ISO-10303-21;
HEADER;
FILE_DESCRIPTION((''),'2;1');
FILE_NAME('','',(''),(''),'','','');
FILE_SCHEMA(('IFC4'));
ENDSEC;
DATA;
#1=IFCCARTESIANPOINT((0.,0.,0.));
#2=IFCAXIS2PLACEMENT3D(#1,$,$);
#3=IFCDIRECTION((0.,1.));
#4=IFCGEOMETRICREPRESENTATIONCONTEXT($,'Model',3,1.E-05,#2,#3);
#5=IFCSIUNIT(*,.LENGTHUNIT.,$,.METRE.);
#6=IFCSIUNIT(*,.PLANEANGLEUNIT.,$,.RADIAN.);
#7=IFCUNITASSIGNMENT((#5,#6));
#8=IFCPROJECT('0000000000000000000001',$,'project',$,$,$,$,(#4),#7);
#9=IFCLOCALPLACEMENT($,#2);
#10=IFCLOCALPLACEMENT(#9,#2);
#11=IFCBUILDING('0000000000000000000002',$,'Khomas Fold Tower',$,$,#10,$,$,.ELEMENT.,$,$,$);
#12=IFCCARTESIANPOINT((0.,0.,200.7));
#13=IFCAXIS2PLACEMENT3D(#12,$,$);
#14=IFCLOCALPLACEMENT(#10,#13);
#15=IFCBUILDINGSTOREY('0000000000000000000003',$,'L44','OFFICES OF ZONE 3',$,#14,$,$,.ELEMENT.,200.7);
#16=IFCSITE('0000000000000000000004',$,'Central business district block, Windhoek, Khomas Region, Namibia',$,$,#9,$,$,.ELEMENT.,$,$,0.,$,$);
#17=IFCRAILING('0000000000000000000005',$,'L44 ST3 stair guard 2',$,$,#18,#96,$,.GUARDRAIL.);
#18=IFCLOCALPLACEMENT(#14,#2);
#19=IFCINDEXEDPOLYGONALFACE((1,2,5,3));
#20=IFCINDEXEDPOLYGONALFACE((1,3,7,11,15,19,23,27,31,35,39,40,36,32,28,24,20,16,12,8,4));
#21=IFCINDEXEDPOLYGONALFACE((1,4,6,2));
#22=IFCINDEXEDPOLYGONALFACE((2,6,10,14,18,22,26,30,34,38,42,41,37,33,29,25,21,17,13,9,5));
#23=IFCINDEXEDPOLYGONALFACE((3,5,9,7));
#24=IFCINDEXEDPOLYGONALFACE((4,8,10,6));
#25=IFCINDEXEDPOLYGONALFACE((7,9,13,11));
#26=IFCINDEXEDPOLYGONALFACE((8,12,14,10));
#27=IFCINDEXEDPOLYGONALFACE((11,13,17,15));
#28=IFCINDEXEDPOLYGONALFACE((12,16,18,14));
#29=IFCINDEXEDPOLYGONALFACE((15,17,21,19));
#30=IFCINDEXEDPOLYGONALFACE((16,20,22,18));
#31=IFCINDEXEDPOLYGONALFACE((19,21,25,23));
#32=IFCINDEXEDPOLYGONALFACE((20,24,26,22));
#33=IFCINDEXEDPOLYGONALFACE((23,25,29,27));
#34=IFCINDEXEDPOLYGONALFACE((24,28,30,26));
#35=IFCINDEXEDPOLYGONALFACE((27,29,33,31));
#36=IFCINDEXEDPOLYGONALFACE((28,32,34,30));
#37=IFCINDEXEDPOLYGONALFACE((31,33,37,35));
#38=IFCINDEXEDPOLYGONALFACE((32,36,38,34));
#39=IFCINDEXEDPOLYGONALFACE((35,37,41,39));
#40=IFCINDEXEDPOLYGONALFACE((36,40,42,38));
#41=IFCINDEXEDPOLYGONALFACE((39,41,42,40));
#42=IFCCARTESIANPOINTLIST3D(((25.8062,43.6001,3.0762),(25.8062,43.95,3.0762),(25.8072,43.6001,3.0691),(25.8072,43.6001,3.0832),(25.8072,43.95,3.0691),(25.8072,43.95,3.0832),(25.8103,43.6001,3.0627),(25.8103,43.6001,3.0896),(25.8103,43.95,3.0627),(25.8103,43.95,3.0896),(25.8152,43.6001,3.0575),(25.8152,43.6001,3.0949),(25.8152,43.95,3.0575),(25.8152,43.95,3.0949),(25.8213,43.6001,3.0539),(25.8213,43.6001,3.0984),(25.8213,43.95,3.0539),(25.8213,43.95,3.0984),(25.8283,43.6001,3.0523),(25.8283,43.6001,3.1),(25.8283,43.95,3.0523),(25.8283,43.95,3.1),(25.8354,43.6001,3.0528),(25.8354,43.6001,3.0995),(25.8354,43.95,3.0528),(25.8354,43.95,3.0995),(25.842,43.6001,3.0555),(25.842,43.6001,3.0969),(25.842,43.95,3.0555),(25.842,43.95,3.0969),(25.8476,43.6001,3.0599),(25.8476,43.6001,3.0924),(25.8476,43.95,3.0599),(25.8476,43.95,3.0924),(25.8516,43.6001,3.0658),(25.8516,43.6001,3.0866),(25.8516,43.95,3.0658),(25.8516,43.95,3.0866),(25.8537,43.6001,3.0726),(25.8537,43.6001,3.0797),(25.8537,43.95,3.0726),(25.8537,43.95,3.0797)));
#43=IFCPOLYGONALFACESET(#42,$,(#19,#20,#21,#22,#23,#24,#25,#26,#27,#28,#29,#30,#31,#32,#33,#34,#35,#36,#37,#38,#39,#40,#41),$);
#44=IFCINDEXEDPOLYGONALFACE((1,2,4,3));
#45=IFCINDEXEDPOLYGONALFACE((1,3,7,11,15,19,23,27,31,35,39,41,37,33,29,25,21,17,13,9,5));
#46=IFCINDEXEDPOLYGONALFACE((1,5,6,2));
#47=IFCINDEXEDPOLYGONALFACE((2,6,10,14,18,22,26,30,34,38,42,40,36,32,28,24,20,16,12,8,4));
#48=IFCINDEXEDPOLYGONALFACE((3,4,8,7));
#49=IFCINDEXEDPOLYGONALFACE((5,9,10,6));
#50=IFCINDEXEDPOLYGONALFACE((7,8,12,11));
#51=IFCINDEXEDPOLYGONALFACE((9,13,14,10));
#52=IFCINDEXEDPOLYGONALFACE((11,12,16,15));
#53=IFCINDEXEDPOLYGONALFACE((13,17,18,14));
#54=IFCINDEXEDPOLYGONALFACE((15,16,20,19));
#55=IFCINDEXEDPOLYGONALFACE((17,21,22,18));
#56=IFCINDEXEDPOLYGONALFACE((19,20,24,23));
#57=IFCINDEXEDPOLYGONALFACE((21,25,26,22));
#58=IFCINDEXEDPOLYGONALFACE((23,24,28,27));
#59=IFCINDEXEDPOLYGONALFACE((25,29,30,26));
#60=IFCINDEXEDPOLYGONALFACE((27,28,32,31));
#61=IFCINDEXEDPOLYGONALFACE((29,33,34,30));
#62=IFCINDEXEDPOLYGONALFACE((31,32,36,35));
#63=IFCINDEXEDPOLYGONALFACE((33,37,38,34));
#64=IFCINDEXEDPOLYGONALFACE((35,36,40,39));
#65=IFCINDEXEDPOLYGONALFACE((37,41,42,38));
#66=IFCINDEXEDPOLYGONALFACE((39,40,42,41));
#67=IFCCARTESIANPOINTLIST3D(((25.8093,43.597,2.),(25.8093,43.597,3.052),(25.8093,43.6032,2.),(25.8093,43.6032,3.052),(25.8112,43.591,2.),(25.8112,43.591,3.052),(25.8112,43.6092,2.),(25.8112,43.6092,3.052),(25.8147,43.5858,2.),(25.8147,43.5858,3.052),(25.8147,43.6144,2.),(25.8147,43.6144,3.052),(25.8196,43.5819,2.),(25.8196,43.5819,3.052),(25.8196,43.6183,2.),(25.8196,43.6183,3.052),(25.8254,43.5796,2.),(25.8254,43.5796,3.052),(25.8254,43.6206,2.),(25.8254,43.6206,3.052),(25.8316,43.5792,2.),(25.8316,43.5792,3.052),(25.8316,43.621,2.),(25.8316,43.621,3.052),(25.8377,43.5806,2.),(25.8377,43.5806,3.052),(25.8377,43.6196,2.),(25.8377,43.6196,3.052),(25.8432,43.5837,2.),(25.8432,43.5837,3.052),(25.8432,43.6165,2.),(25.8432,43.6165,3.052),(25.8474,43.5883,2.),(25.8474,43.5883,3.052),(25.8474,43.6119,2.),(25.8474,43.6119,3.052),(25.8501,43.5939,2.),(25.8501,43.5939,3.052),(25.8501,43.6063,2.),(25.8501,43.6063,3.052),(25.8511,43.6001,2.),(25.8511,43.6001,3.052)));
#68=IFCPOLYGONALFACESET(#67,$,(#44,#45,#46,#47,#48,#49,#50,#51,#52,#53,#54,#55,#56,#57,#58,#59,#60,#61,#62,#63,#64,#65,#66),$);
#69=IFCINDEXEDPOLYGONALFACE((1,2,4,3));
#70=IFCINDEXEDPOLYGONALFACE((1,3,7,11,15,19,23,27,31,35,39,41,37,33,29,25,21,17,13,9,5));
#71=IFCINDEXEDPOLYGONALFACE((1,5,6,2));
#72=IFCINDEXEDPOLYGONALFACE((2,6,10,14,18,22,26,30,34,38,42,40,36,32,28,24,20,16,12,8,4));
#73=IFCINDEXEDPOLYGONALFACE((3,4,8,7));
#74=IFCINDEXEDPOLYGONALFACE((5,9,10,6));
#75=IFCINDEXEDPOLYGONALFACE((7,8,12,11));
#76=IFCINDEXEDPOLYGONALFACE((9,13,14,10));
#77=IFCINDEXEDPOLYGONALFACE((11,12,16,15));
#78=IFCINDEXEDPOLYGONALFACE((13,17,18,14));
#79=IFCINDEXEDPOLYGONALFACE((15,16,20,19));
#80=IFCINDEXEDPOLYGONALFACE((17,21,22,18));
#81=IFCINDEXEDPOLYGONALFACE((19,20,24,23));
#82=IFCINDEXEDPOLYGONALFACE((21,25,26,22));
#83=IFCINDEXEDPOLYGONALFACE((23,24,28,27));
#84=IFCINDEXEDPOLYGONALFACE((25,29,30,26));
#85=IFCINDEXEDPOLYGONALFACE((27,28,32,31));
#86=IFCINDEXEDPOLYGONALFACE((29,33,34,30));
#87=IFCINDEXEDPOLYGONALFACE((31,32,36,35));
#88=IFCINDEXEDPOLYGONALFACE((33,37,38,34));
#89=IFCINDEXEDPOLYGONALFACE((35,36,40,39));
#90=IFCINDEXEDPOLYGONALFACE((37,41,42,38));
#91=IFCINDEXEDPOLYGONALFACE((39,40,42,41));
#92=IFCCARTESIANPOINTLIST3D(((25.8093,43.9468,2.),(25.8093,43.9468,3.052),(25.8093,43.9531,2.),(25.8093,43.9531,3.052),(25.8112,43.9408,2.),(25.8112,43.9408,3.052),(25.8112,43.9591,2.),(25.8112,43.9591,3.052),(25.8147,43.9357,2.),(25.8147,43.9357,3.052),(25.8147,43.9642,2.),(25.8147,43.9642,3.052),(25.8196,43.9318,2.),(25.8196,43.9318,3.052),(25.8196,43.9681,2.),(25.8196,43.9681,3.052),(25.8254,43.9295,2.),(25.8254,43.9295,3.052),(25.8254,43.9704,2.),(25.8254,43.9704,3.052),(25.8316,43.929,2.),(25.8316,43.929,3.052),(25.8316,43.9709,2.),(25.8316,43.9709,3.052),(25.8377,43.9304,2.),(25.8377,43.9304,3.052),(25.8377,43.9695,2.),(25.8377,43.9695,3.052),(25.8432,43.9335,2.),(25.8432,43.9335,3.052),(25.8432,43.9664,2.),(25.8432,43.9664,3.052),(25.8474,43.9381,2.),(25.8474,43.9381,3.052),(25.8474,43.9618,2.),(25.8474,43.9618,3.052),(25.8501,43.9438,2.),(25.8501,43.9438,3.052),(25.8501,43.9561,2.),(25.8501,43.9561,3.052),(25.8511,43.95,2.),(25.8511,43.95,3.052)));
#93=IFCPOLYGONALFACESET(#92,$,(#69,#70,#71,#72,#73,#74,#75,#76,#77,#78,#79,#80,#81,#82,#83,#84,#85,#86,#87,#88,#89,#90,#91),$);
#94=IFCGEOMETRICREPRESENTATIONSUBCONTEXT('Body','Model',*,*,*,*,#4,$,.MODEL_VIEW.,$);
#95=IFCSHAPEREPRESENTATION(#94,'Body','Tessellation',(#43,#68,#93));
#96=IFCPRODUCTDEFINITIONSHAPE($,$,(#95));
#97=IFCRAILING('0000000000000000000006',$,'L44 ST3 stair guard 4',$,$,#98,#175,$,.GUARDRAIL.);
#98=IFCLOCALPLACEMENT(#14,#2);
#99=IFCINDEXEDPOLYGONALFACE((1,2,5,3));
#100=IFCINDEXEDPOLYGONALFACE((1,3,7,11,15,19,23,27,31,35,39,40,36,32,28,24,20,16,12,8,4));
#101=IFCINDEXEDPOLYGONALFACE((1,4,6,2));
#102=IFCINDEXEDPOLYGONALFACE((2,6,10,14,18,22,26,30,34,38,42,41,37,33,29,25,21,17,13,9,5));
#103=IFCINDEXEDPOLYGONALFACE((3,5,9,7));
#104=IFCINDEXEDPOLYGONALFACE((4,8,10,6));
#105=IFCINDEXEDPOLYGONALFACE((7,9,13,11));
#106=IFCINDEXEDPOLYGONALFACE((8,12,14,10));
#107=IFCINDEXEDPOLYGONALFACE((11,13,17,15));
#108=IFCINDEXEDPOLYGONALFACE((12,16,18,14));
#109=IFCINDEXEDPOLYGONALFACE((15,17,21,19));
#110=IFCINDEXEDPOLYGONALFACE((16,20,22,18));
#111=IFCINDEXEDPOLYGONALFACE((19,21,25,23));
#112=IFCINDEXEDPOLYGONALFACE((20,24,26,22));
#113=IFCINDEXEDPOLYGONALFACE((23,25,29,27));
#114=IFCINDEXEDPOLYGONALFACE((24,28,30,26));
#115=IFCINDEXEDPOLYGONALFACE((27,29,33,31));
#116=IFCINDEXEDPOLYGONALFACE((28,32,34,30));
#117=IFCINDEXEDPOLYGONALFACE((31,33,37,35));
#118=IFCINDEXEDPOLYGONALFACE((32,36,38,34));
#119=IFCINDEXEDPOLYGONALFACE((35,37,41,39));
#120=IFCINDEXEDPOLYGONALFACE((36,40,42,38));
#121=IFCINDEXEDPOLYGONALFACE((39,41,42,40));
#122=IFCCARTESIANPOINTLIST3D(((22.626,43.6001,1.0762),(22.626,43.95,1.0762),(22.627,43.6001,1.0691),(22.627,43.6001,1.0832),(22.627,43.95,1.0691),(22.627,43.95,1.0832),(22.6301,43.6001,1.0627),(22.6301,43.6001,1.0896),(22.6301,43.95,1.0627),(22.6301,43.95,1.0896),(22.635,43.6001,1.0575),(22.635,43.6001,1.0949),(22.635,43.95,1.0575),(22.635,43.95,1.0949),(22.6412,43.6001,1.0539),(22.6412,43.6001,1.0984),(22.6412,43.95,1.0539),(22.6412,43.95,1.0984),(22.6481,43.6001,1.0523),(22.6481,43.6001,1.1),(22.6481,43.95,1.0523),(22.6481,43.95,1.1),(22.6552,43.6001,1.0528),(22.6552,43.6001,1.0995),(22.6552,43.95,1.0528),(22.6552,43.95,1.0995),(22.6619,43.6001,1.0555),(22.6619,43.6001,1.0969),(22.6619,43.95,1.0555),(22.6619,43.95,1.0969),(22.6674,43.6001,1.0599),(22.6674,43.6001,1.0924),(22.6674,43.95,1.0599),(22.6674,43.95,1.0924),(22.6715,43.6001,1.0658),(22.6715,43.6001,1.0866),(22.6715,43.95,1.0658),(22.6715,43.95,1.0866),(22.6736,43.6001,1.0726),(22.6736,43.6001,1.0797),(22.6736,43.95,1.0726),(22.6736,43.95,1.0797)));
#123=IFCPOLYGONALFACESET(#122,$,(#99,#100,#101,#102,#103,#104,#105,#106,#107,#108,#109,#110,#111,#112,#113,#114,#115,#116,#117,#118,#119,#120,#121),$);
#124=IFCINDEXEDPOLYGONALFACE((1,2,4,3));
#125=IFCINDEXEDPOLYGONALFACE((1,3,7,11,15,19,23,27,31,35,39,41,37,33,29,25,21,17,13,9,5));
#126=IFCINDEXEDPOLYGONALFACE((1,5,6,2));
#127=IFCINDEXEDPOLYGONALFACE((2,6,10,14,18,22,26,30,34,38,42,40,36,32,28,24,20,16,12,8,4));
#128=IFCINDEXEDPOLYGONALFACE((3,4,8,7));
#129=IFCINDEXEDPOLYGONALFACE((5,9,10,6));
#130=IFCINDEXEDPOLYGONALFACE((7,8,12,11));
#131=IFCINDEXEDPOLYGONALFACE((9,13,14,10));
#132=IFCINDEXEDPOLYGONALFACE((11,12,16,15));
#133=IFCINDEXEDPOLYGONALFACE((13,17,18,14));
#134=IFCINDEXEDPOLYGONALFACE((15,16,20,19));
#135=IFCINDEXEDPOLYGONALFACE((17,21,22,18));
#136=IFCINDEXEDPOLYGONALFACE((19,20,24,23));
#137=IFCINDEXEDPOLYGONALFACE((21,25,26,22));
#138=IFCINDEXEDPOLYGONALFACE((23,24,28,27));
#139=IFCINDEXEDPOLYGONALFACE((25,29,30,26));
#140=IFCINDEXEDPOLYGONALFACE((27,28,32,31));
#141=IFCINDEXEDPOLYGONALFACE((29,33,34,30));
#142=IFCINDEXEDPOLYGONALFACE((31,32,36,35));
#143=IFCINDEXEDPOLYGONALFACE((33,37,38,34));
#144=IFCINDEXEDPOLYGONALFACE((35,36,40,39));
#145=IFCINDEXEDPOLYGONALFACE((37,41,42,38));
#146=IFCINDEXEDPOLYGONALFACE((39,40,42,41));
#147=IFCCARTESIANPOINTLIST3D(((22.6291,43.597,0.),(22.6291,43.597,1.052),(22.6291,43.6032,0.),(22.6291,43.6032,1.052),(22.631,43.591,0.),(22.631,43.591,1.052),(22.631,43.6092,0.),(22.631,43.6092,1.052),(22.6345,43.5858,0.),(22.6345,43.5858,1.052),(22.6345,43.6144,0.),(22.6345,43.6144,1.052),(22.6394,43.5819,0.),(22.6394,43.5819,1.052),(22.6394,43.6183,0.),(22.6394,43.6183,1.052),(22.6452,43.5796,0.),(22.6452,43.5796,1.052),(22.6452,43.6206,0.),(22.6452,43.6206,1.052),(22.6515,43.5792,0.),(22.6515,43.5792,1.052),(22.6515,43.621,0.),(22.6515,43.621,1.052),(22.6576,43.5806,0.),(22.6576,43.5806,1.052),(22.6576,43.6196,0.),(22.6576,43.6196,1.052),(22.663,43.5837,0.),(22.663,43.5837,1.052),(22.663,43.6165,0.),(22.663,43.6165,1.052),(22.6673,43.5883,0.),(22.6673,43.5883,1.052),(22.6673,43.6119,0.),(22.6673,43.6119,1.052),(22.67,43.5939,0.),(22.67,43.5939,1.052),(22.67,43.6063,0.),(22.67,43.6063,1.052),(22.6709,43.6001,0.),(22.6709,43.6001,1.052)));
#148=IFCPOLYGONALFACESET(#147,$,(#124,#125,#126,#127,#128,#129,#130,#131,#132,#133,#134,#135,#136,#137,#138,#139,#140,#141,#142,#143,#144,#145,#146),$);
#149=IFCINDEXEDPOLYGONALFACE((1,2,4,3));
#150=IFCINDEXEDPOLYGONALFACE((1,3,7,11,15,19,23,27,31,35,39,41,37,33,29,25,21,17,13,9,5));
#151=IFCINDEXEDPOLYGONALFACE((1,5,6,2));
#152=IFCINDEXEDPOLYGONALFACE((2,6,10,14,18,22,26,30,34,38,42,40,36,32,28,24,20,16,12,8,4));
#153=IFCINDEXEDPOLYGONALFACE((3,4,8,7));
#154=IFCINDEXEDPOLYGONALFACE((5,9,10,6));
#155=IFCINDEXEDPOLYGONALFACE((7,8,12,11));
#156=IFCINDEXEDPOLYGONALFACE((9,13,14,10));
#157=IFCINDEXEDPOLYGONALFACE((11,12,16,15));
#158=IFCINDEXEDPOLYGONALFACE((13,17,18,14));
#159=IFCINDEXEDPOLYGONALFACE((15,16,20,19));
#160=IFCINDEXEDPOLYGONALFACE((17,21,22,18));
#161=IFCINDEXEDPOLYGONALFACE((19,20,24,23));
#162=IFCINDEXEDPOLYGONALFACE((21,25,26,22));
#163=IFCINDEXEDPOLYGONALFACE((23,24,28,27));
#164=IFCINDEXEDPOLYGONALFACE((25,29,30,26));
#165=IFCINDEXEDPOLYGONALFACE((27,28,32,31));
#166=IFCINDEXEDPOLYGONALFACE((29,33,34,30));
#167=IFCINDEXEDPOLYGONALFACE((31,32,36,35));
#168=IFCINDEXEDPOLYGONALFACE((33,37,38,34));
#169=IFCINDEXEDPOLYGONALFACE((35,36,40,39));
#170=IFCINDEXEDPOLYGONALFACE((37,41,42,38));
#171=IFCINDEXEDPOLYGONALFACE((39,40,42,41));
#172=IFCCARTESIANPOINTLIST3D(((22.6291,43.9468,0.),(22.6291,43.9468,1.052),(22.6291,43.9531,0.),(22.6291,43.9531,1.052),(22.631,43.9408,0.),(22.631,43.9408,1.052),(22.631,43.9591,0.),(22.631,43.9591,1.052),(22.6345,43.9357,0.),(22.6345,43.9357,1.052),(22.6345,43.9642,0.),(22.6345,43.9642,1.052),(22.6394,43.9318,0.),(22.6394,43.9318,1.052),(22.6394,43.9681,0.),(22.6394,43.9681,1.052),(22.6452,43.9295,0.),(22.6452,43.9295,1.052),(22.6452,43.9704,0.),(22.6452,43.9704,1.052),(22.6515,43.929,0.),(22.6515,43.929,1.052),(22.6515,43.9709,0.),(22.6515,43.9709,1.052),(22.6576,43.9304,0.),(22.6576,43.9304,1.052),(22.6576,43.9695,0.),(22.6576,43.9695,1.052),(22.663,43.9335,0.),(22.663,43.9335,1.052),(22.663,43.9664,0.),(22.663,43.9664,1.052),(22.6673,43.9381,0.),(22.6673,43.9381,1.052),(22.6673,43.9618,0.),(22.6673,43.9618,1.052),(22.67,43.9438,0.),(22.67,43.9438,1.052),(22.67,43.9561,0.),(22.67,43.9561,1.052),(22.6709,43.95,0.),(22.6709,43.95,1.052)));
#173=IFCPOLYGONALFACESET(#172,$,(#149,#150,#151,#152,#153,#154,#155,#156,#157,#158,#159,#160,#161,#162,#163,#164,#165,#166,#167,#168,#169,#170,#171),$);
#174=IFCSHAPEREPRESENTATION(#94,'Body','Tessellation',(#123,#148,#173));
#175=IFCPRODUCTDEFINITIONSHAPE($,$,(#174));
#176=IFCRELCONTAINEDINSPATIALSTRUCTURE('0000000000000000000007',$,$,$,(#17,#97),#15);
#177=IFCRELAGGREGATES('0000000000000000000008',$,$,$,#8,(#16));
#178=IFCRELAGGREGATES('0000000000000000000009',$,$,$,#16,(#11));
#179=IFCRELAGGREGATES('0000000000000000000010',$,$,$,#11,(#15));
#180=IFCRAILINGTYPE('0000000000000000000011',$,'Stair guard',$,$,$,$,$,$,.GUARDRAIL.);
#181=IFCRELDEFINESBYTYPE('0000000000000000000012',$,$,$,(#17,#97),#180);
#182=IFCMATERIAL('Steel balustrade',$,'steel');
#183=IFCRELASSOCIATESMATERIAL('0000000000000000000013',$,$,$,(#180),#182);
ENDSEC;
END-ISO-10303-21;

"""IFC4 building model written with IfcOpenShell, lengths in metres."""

from ifc_helpers import new_model, si_unit, direction, frame, origin, origin_2d, place, context, subcontext, project, spatial, circle, extrude, source, transform, mapped, material, type_object, element, save


model = new_model("IFC4")

# Units and contexts
model_context = context("Model", 3, precision=1e-05, world=origin(), true_north=direction((0.0, 1.0)))
body_context = subcontext(model_context, "Body", "Model", "MODEL_VIEW")
ifc_project = project(units=[si_unit("LENGTHUNIT", "METRE"), si_unit("PLANEANGLEUNIT", "RADIAN")], contexts=[model_context])

# Site, building, storey
site_placement = place(None, origin())
site = spatial("IfcSite", under=ifc_project, at=site_placement, Name="Central business district block, Windhoek, Khomas Region, Namibia", CompositionType="ELEMENT", RefElevation=0.0)
building_placement = place(site_placement, origin())
building = spatial("IfcBuilding", under=site, at=building_placement, Name="Khomas Fold Tower", CompositionType="ELEMENT")
storey_placement = place(building_placement, frame((0.0, 0.0, 200.7)))
storey = spatial("IfcBuildingStorey", under=building, at=storey_placement, Name="L44", Description="OFFICES OF ZONE 3", CompositionType="ELEMENT", Elevation=200.7)

# Railings
ifc_material_1 = material(Name="Steel balustrade", Category="steel")
railing_type_1 = type_object("IfcRailingType", Name="Stair guard", PredefinedType="GUARDRAIL", material=ifc_material_1)
shared_shape_1 = source(origin(), body_context, "Body", "SweptSolid", [
    extrude(circle(Radius=0.0239, at=origin_2d()), frame((0.0, 0.0, 1.0762), z_axis=(0.0, 1.0, 0.0), x_axis=(-1.0, 0.0, 0.0)), (0.0, 0.0, 1.0), 0.3499),
    extrude(circle(Radius=0.021, at=origin_2d()), origin(), (0.0, 0.0, 1.0), 1.052),
    extrude(circle(Radius=0.021, at=origin_2d()), frame((0.0, 0.3499, 0.0)), (0.0, 0.0, 1.0), 1.052),
])
for number, where, name in (
    (1, (25.8301, 43.6001, 2.0), "L44 ST3 stair guard 2"),
    (2, (22.6499, 43.6001, 0.0), "L44 ST3 stair guard 4"),
):
    element("IfcRailing", number, at=place(storey_placement, frame(where)), inside=storey, type_object=railing_type_1, Name=name, PredefinedType="GUARDRAIL", context=body_context, shape_type="MappedRepresentation", body=[
        mapped(shared_shape_1, transform((0.0, 0.0, 0.0))),
    ])

save(model, "model.ifc")
